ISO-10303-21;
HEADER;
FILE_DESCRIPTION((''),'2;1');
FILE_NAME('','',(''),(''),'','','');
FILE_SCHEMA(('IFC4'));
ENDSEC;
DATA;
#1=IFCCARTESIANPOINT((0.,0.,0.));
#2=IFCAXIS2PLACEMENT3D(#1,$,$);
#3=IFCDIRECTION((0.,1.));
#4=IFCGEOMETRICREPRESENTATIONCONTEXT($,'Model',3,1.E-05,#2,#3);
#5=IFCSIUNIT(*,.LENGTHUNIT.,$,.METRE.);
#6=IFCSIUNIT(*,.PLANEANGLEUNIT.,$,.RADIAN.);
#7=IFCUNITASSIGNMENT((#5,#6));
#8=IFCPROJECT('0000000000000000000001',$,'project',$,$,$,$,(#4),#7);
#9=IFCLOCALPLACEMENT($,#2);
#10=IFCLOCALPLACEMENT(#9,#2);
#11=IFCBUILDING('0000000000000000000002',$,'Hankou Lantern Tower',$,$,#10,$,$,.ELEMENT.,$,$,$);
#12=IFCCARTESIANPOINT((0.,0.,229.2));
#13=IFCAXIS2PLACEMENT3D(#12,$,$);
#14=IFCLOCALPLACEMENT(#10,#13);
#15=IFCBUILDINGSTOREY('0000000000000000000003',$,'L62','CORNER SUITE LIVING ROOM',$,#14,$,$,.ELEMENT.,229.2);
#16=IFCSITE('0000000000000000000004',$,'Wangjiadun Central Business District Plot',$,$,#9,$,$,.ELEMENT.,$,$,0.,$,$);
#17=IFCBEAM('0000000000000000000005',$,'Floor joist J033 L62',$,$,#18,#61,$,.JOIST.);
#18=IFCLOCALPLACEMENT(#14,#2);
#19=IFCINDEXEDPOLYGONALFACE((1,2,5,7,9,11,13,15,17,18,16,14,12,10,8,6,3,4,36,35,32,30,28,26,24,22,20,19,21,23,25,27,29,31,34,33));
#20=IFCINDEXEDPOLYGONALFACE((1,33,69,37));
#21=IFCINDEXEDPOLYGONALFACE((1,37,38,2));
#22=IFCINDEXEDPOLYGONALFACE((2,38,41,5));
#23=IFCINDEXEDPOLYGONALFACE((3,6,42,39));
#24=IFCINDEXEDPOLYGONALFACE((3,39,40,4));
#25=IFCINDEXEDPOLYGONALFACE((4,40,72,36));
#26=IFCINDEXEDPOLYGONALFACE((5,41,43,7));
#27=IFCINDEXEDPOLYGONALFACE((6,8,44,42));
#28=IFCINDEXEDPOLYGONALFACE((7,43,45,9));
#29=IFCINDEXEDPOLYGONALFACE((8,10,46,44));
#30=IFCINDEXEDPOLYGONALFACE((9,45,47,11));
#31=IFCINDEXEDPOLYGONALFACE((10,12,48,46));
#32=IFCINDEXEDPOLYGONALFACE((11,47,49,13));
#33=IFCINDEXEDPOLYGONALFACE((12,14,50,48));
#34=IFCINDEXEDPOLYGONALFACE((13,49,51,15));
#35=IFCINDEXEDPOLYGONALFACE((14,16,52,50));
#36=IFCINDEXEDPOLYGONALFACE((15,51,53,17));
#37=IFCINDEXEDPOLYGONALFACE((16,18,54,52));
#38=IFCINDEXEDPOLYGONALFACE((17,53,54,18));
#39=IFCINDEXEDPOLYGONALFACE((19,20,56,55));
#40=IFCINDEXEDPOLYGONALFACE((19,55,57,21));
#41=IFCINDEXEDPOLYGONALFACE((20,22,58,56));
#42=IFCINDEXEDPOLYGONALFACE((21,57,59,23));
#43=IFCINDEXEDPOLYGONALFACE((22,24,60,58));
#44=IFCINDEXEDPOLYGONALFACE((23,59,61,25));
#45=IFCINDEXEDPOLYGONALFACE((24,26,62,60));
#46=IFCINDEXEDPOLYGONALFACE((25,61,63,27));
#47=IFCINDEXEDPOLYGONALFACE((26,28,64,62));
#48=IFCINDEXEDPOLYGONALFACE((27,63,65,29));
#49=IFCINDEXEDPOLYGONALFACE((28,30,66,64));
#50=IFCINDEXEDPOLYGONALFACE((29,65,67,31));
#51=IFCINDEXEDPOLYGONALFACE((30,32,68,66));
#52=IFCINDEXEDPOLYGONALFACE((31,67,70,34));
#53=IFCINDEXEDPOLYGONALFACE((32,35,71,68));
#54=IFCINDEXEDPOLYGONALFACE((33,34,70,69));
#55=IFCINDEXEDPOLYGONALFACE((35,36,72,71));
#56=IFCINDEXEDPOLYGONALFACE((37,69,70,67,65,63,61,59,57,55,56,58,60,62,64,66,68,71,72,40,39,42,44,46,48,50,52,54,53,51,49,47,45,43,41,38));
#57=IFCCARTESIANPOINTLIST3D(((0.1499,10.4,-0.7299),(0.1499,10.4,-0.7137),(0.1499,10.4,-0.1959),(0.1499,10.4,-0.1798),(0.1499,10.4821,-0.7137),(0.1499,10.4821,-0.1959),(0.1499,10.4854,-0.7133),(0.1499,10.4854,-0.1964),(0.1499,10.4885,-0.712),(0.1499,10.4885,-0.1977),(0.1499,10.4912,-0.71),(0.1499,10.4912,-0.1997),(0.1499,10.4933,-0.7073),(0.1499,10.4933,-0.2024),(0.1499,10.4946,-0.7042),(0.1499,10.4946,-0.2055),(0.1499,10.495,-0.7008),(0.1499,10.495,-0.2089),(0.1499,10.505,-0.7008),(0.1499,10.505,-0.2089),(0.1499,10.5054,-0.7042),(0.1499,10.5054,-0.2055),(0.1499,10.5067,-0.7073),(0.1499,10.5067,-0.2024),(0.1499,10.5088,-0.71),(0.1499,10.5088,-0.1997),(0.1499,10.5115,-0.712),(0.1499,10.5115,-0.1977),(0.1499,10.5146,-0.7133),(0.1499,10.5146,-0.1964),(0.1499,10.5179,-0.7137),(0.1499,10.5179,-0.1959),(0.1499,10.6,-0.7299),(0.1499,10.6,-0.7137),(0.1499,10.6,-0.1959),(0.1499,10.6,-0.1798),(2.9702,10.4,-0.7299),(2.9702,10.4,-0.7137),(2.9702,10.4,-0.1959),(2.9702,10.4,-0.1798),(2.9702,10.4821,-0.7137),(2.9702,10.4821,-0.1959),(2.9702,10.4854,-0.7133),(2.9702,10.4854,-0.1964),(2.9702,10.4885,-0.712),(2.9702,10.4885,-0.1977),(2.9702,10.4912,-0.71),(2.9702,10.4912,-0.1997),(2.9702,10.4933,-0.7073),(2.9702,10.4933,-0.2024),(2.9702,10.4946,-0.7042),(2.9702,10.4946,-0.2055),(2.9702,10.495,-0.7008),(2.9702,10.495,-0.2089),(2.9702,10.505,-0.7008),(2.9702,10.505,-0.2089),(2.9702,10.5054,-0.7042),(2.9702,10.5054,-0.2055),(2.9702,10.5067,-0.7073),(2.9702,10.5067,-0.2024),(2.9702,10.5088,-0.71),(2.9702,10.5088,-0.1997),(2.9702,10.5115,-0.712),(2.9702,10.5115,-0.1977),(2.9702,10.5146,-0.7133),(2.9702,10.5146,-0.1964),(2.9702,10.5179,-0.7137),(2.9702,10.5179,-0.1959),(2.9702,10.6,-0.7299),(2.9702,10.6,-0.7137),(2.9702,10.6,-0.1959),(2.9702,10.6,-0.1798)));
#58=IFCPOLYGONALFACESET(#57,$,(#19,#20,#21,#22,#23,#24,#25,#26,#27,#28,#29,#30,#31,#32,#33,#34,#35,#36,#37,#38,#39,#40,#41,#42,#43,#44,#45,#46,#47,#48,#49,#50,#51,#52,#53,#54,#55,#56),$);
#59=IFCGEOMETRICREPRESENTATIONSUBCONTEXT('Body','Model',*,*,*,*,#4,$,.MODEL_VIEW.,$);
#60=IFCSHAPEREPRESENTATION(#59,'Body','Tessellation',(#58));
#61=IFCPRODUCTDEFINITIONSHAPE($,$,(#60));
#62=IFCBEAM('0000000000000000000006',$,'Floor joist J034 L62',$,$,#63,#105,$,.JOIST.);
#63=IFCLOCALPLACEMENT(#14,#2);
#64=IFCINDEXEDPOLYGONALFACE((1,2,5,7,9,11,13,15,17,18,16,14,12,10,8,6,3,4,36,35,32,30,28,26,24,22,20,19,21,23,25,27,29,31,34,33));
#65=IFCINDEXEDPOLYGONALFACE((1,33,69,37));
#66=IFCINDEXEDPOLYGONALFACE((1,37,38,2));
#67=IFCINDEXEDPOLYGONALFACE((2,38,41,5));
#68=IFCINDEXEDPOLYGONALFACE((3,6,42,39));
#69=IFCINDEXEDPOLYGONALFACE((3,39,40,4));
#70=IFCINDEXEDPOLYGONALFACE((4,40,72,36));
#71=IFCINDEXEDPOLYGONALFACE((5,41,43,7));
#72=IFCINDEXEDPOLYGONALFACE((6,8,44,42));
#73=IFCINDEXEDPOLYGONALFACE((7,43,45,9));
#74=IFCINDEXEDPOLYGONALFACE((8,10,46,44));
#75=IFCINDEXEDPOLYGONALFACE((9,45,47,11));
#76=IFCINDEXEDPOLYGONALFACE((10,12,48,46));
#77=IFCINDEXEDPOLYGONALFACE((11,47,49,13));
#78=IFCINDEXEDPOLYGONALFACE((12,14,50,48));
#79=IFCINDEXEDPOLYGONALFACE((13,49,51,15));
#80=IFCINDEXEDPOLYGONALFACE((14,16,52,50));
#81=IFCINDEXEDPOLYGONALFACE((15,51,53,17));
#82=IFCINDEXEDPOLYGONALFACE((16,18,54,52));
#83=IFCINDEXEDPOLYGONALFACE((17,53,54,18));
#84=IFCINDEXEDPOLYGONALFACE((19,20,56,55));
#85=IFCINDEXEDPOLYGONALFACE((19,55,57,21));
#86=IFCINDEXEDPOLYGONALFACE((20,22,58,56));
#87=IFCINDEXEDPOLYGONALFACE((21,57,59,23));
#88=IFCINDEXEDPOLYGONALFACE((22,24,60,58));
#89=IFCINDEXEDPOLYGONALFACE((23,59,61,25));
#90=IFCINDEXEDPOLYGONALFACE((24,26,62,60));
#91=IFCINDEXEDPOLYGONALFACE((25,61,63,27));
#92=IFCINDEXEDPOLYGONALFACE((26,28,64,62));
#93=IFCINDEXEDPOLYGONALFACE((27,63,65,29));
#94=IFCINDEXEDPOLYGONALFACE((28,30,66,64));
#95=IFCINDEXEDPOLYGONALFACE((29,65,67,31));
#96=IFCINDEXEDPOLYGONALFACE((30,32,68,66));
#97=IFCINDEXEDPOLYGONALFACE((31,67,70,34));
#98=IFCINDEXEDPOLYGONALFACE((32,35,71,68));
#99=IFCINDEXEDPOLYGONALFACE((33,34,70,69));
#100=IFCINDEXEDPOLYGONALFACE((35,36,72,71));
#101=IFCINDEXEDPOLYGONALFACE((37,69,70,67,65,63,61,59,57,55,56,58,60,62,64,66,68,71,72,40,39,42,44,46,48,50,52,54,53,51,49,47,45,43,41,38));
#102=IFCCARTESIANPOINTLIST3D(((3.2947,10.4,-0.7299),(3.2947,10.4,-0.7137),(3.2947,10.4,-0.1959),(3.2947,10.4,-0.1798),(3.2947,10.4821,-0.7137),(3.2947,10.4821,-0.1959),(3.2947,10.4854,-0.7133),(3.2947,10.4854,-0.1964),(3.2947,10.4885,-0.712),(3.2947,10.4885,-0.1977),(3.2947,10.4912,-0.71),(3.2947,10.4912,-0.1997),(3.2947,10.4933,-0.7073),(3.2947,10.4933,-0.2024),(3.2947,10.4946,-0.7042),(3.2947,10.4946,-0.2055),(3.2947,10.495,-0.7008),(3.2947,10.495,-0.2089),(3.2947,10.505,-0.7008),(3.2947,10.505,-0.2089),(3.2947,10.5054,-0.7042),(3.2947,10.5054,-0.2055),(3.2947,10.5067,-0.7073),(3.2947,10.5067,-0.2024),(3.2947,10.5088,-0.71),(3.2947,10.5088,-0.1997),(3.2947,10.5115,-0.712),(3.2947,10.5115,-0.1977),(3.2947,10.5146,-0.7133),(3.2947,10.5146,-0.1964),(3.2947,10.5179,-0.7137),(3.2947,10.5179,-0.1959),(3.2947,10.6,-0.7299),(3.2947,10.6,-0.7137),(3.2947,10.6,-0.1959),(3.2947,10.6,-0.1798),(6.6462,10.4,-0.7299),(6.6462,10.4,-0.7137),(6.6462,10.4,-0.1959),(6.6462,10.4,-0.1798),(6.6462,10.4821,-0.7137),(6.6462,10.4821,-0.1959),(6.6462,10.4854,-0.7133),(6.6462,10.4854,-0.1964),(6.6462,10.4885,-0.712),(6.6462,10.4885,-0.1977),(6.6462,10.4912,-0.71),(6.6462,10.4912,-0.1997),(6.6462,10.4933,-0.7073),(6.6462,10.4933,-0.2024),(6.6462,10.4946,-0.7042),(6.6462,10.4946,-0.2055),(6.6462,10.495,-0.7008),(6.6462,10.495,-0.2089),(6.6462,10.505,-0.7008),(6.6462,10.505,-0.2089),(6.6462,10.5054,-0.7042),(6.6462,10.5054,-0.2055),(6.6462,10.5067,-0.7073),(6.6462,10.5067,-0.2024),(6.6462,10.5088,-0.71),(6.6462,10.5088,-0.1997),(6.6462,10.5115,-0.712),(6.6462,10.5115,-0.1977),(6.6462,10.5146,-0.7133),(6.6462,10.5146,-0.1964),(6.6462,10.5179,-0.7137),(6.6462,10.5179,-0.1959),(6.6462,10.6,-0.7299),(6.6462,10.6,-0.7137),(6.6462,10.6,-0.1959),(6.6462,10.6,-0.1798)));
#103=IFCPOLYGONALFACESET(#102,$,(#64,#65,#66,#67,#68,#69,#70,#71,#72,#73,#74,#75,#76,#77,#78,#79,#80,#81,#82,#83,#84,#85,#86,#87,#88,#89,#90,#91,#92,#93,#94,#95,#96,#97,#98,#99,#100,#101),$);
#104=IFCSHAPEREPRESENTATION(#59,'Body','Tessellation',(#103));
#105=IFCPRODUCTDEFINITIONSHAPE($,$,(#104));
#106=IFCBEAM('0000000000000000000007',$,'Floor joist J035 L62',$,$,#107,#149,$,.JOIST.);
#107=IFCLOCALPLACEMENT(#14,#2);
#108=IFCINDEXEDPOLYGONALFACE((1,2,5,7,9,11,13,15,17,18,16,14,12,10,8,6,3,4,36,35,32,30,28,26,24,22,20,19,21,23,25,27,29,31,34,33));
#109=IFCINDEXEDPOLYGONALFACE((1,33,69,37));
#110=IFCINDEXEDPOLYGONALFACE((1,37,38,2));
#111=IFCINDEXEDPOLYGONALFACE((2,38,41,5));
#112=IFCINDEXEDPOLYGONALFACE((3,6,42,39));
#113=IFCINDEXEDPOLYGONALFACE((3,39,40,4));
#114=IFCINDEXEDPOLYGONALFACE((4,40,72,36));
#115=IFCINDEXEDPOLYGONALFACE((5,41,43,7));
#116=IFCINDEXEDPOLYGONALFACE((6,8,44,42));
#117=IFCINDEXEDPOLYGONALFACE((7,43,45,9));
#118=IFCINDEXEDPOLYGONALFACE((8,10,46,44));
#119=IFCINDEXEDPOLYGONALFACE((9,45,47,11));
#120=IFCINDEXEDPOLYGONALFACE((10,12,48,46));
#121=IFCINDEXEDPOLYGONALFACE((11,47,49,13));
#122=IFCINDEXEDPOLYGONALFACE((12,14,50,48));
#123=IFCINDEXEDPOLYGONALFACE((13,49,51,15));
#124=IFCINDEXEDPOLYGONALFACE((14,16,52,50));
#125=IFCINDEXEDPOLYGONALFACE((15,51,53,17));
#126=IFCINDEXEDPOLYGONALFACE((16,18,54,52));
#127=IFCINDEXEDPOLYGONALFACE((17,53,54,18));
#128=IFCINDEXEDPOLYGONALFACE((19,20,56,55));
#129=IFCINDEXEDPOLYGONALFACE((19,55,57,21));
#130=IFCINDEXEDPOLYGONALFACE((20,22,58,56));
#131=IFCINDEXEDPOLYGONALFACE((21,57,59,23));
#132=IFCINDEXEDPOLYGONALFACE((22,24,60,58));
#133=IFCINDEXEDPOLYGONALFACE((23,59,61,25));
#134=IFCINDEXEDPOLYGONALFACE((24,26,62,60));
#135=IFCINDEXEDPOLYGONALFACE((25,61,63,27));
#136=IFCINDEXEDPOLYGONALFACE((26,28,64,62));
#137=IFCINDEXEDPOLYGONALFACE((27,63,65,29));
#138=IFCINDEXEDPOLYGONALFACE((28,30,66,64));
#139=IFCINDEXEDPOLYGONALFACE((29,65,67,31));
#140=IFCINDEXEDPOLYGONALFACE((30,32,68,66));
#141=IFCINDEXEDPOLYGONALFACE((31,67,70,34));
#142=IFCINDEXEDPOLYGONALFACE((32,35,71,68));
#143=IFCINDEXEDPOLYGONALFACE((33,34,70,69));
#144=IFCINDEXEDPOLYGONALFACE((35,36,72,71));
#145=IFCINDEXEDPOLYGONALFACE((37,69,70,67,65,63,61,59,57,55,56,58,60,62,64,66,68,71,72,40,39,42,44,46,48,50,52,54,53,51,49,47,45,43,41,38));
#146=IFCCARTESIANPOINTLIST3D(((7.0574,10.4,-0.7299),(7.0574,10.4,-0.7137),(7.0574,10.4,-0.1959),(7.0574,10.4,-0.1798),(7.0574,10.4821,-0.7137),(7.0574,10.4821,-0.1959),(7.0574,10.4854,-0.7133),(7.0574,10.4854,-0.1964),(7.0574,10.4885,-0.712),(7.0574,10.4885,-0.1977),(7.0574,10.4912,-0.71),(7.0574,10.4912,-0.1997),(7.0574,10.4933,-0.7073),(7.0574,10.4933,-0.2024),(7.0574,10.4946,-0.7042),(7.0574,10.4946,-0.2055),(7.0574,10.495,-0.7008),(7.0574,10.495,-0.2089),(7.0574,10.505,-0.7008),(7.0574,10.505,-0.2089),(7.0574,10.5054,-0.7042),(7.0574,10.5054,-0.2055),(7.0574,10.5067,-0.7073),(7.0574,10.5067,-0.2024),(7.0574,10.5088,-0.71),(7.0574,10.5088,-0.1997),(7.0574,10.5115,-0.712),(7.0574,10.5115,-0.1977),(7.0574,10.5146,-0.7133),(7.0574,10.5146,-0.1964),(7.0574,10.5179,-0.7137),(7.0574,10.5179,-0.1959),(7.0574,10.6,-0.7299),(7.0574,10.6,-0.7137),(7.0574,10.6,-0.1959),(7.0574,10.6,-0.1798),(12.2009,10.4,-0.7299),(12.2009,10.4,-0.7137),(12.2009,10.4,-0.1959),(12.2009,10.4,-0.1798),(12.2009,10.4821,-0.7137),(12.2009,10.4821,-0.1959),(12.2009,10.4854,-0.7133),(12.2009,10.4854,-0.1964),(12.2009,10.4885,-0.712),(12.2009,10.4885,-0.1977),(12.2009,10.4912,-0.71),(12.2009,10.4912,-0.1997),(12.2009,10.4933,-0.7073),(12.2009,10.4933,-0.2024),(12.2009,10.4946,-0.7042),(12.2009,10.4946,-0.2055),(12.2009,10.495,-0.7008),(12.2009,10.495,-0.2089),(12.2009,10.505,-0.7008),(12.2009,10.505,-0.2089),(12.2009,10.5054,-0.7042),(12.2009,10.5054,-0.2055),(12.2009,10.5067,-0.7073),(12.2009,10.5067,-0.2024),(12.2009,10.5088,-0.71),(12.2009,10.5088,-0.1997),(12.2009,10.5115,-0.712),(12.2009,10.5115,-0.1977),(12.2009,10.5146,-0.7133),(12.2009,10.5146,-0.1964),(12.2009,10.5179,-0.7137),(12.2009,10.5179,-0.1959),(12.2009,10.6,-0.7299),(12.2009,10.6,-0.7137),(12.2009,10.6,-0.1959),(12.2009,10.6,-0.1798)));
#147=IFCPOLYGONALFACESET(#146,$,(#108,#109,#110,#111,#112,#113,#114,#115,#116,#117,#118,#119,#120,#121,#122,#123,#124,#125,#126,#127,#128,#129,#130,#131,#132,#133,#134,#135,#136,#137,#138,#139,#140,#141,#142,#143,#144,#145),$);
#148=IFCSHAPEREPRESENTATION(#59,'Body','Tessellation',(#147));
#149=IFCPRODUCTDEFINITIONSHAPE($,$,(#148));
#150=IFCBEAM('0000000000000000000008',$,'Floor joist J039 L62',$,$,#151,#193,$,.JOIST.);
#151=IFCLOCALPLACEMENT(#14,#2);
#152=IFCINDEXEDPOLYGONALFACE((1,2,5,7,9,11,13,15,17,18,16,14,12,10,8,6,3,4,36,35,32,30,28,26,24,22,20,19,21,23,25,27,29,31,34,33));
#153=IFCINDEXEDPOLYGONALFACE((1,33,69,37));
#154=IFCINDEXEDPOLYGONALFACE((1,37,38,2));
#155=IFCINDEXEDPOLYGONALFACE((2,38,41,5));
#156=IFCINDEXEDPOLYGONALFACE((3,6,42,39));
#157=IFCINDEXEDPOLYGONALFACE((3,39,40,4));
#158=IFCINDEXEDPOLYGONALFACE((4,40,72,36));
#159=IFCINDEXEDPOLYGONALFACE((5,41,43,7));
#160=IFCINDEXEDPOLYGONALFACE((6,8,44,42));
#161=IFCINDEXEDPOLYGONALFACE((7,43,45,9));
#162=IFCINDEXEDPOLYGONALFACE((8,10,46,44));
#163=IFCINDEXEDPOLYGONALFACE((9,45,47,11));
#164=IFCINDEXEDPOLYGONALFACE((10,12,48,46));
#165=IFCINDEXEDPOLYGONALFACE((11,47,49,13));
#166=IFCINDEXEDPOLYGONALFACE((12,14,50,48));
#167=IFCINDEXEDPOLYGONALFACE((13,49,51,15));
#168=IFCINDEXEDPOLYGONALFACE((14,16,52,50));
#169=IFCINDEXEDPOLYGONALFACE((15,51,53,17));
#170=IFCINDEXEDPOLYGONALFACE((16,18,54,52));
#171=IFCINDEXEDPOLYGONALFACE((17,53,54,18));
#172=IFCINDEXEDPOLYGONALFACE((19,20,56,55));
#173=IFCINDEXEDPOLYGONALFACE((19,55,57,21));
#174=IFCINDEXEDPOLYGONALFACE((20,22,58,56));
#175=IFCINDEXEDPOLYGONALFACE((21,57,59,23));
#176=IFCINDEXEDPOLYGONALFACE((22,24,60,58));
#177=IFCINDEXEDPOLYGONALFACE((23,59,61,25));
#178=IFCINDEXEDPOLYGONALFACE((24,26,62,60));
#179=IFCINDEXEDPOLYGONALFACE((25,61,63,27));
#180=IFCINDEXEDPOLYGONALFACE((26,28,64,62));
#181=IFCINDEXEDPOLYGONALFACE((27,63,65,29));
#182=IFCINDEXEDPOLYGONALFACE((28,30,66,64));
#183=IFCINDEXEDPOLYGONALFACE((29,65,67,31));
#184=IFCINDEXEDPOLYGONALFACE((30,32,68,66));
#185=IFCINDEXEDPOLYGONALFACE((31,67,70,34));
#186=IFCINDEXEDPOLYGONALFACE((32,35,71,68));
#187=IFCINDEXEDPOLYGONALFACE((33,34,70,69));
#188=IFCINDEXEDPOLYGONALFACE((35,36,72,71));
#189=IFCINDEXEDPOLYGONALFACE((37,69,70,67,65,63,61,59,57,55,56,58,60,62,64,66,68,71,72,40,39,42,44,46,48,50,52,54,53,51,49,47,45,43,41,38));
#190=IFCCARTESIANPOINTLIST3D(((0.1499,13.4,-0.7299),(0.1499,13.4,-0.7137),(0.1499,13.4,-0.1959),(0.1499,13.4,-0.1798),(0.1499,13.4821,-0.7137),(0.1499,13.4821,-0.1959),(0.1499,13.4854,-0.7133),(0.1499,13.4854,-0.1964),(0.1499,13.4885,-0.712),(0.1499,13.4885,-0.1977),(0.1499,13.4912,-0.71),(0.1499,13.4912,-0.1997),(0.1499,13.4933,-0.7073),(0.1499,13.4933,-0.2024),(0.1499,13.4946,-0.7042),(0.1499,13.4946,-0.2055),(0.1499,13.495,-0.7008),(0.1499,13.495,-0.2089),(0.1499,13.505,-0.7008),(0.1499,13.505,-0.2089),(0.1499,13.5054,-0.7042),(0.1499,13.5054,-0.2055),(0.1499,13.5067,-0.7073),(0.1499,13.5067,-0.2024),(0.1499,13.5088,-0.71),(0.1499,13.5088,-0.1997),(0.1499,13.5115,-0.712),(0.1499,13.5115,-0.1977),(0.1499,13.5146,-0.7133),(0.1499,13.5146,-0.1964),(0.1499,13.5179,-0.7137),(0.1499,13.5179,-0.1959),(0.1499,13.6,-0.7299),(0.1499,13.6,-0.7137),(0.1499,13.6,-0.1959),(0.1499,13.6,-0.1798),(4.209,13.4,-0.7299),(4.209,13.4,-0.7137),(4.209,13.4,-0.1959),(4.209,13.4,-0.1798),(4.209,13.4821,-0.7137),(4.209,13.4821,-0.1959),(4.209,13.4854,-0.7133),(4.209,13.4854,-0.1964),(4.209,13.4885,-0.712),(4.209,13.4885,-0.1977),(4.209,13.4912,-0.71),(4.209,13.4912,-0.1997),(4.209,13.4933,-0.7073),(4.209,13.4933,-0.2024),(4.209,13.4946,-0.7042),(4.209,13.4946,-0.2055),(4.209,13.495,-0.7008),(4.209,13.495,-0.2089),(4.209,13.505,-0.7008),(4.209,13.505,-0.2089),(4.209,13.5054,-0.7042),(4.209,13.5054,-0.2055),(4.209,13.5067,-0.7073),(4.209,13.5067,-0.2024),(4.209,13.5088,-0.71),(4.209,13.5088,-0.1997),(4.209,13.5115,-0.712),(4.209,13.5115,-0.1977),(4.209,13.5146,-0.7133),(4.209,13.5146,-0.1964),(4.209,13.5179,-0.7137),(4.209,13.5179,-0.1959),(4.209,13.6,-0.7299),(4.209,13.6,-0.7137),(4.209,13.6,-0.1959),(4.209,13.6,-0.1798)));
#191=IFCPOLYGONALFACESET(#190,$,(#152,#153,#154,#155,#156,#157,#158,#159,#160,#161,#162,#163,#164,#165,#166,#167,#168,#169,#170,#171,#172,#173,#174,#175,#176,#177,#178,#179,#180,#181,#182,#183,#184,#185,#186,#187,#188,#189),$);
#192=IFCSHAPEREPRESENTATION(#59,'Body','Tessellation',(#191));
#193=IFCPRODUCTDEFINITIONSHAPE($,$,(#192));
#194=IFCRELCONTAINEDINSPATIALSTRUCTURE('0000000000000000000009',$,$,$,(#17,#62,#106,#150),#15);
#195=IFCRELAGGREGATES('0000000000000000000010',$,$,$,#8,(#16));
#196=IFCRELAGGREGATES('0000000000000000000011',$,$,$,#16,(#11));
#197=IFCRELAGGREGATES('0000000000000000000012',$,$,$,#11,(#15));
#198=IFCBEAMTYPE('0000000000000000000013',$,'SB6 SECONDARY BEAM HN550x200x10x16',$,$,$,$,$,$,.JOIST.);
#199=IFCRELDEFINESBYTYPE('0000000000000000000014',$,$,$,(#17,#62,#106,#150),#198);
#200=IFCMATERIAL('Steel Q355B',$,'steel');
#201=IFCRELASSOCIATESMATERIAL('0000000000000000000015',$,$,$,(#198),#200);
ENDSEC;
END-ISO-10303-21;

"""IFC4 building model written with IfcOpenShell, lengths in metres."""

from ifc_helpers import new_model, si_unit, direction, frame, origin, origin_2d, place, context, subcontext, project, spatial, i_section, extrude, material, material_profile, profile_set, type_object, element, save


model = new_model("IFC4")

# Units and contexts
model_context = context("Model", 3, precision=1e-05, world=origin(), true_north=direction((0.0, 1.0)))
body_context = subcontext(model_context, "Body", "Model", "MODEL_VIEW")
ifc_project = project(units=[si_unit("LENGTHUNIT", "METRE"), si_unit("PLANEANGLEUNIT", "RADIAN")], contexts=[model_context])

# Site, building, storey
site_placement = place(None, origin())
site = spatial("IfcSite", under=ifc_project, at=site_placement, Name="Wangjiadun Central Business District Plot", CompositionType="ELEMENT", RefElevation=0.0)
building_placement = place(site_placement, origin())
building = spatial("IfcBuilding", under=site, at=building_placement, Name="Hankou Lantern Tower", CompositionType="ELEMENT")
storey_placement = place(building_placement, frame((0.0, 0.0, 229.2)))
storey = spatial("IfcBuildingStorey", under=building, at=storey_placement, Name="L62", Description="CORNER SUITE LIVING ROOM", CompositionType="ELEMENT", Elevation=229.2)

# Beams
ifc_material_1 = material(Name="Steel Q355B", Category="steel")
ifc_material_profile_1 = material_profile(ifc_material_1, i_section(OverallWidth=0.2, OverallDepth=0.55, WebThickness=0.01, FlangeThickness=0.0161, FilletRadius=0.0129, at=origin_2d()), Name="HN550x200x10x16")
ifc_profile_set_1 = profile_set([ifc_material_profile_1], Name="Steel Q355B")
beam_type_1 = type_object("IfcBeamType", Name="SB6 SECONDARY BEAM HN550x200x10x16", PredefinedType="JOIST", material=ifc_profile_set_1)
beam_1_placement = place(storey_placement, frame((0.1499, 10.5, -0.4548), z_axis=(1.0, 0.0, 0.0), x_axis=(0.0, 1.0, 0.0)))
element("IfcBeam", 1, at=beam_1_placement, inside=storey, type_object=beam_type_1, Name="Floor joist J033 L62", PredefinedType="JOIST", context=body_context, shape_type="SweptSolid", body=[
    extrude(i_section(OverallWidth=0.2, OverallDepth=0.55, WebThickness=0.01, FlangeThickness=0.0161, FilletRadius=0.0129, at=origin_2d()), origin(), (0.0, 0.0, 1.0), 2.8203),
])
beam_2_placement = place(storey_placement, frame((3.2947, 10.5, -0.4548), z_axis=(1.0, 0.0, 0.0), x_axis=(0.0, 1.0, 0.0)))
element("IfcBeam", 2, at=beam_2_placement, inside=storey, type_object=beam_type_1, Name="Floor joist J034 L62", PredefinedType="JOIST", context=body_context, shape_type="SweptSolid", body=[
    extrude(i_section(OverallWidth=0.2, OverallDepth=0.55, WebThickness=0.01, FlangeThickness=0.0161, FilletRadius=0.0129, at=origin_2d()), origin(), (0.0, 0.0, 1.0), 3.3516),
])
beam_3_placement = place(storey_placement, frame((7.0574, 10.5, -0.4548), z_axis=(1.0, 0.0, 0.0), x_axis=(0.0, 1.0, 0.0)))
element("IfcBeam", 3, at=beam_3_placement, inside=storey, type_object=beam_type_1, Name="Floor joist J035 L62", PredefinedType="JOIST", context=body_context, shape_type="SweptSolid", body=[
    extrude(i_section(OverallWidth=0.2, OverallDepth=0.55, WebThickness=0.01, FlangeThickness=0.0161, FilletRadius=0.0129, at=origin_2d()), origin(), (0.0, 0.0, 1.0), 5.1436),
])
beam_4_placement = place(storey_placement, frame((0.1499, 13.5, -0.4548), z_axis=(1.0, 0.0, 0.0), x_axis=(0.0, 1.0, 0.0)))
element("IfcBeam", 4, at=beam_4_placement, inside=storey, type_object=beam_type_1, Name="Floor joist J039 L62", PredefinedType="JOIST", context=body_context, shape_type="SweptSolid", body=[
    extrude(i_section(OverallWidth=0.2, OverallDepth=0.55, WebThickness=0.01, FlangeThickness=0.0161, FilletRadius=0.0129, at=origin_2d()), origin(), (0.0, 0.0, 1.0), 4.0591),
])

save(model, "model.ifc")
